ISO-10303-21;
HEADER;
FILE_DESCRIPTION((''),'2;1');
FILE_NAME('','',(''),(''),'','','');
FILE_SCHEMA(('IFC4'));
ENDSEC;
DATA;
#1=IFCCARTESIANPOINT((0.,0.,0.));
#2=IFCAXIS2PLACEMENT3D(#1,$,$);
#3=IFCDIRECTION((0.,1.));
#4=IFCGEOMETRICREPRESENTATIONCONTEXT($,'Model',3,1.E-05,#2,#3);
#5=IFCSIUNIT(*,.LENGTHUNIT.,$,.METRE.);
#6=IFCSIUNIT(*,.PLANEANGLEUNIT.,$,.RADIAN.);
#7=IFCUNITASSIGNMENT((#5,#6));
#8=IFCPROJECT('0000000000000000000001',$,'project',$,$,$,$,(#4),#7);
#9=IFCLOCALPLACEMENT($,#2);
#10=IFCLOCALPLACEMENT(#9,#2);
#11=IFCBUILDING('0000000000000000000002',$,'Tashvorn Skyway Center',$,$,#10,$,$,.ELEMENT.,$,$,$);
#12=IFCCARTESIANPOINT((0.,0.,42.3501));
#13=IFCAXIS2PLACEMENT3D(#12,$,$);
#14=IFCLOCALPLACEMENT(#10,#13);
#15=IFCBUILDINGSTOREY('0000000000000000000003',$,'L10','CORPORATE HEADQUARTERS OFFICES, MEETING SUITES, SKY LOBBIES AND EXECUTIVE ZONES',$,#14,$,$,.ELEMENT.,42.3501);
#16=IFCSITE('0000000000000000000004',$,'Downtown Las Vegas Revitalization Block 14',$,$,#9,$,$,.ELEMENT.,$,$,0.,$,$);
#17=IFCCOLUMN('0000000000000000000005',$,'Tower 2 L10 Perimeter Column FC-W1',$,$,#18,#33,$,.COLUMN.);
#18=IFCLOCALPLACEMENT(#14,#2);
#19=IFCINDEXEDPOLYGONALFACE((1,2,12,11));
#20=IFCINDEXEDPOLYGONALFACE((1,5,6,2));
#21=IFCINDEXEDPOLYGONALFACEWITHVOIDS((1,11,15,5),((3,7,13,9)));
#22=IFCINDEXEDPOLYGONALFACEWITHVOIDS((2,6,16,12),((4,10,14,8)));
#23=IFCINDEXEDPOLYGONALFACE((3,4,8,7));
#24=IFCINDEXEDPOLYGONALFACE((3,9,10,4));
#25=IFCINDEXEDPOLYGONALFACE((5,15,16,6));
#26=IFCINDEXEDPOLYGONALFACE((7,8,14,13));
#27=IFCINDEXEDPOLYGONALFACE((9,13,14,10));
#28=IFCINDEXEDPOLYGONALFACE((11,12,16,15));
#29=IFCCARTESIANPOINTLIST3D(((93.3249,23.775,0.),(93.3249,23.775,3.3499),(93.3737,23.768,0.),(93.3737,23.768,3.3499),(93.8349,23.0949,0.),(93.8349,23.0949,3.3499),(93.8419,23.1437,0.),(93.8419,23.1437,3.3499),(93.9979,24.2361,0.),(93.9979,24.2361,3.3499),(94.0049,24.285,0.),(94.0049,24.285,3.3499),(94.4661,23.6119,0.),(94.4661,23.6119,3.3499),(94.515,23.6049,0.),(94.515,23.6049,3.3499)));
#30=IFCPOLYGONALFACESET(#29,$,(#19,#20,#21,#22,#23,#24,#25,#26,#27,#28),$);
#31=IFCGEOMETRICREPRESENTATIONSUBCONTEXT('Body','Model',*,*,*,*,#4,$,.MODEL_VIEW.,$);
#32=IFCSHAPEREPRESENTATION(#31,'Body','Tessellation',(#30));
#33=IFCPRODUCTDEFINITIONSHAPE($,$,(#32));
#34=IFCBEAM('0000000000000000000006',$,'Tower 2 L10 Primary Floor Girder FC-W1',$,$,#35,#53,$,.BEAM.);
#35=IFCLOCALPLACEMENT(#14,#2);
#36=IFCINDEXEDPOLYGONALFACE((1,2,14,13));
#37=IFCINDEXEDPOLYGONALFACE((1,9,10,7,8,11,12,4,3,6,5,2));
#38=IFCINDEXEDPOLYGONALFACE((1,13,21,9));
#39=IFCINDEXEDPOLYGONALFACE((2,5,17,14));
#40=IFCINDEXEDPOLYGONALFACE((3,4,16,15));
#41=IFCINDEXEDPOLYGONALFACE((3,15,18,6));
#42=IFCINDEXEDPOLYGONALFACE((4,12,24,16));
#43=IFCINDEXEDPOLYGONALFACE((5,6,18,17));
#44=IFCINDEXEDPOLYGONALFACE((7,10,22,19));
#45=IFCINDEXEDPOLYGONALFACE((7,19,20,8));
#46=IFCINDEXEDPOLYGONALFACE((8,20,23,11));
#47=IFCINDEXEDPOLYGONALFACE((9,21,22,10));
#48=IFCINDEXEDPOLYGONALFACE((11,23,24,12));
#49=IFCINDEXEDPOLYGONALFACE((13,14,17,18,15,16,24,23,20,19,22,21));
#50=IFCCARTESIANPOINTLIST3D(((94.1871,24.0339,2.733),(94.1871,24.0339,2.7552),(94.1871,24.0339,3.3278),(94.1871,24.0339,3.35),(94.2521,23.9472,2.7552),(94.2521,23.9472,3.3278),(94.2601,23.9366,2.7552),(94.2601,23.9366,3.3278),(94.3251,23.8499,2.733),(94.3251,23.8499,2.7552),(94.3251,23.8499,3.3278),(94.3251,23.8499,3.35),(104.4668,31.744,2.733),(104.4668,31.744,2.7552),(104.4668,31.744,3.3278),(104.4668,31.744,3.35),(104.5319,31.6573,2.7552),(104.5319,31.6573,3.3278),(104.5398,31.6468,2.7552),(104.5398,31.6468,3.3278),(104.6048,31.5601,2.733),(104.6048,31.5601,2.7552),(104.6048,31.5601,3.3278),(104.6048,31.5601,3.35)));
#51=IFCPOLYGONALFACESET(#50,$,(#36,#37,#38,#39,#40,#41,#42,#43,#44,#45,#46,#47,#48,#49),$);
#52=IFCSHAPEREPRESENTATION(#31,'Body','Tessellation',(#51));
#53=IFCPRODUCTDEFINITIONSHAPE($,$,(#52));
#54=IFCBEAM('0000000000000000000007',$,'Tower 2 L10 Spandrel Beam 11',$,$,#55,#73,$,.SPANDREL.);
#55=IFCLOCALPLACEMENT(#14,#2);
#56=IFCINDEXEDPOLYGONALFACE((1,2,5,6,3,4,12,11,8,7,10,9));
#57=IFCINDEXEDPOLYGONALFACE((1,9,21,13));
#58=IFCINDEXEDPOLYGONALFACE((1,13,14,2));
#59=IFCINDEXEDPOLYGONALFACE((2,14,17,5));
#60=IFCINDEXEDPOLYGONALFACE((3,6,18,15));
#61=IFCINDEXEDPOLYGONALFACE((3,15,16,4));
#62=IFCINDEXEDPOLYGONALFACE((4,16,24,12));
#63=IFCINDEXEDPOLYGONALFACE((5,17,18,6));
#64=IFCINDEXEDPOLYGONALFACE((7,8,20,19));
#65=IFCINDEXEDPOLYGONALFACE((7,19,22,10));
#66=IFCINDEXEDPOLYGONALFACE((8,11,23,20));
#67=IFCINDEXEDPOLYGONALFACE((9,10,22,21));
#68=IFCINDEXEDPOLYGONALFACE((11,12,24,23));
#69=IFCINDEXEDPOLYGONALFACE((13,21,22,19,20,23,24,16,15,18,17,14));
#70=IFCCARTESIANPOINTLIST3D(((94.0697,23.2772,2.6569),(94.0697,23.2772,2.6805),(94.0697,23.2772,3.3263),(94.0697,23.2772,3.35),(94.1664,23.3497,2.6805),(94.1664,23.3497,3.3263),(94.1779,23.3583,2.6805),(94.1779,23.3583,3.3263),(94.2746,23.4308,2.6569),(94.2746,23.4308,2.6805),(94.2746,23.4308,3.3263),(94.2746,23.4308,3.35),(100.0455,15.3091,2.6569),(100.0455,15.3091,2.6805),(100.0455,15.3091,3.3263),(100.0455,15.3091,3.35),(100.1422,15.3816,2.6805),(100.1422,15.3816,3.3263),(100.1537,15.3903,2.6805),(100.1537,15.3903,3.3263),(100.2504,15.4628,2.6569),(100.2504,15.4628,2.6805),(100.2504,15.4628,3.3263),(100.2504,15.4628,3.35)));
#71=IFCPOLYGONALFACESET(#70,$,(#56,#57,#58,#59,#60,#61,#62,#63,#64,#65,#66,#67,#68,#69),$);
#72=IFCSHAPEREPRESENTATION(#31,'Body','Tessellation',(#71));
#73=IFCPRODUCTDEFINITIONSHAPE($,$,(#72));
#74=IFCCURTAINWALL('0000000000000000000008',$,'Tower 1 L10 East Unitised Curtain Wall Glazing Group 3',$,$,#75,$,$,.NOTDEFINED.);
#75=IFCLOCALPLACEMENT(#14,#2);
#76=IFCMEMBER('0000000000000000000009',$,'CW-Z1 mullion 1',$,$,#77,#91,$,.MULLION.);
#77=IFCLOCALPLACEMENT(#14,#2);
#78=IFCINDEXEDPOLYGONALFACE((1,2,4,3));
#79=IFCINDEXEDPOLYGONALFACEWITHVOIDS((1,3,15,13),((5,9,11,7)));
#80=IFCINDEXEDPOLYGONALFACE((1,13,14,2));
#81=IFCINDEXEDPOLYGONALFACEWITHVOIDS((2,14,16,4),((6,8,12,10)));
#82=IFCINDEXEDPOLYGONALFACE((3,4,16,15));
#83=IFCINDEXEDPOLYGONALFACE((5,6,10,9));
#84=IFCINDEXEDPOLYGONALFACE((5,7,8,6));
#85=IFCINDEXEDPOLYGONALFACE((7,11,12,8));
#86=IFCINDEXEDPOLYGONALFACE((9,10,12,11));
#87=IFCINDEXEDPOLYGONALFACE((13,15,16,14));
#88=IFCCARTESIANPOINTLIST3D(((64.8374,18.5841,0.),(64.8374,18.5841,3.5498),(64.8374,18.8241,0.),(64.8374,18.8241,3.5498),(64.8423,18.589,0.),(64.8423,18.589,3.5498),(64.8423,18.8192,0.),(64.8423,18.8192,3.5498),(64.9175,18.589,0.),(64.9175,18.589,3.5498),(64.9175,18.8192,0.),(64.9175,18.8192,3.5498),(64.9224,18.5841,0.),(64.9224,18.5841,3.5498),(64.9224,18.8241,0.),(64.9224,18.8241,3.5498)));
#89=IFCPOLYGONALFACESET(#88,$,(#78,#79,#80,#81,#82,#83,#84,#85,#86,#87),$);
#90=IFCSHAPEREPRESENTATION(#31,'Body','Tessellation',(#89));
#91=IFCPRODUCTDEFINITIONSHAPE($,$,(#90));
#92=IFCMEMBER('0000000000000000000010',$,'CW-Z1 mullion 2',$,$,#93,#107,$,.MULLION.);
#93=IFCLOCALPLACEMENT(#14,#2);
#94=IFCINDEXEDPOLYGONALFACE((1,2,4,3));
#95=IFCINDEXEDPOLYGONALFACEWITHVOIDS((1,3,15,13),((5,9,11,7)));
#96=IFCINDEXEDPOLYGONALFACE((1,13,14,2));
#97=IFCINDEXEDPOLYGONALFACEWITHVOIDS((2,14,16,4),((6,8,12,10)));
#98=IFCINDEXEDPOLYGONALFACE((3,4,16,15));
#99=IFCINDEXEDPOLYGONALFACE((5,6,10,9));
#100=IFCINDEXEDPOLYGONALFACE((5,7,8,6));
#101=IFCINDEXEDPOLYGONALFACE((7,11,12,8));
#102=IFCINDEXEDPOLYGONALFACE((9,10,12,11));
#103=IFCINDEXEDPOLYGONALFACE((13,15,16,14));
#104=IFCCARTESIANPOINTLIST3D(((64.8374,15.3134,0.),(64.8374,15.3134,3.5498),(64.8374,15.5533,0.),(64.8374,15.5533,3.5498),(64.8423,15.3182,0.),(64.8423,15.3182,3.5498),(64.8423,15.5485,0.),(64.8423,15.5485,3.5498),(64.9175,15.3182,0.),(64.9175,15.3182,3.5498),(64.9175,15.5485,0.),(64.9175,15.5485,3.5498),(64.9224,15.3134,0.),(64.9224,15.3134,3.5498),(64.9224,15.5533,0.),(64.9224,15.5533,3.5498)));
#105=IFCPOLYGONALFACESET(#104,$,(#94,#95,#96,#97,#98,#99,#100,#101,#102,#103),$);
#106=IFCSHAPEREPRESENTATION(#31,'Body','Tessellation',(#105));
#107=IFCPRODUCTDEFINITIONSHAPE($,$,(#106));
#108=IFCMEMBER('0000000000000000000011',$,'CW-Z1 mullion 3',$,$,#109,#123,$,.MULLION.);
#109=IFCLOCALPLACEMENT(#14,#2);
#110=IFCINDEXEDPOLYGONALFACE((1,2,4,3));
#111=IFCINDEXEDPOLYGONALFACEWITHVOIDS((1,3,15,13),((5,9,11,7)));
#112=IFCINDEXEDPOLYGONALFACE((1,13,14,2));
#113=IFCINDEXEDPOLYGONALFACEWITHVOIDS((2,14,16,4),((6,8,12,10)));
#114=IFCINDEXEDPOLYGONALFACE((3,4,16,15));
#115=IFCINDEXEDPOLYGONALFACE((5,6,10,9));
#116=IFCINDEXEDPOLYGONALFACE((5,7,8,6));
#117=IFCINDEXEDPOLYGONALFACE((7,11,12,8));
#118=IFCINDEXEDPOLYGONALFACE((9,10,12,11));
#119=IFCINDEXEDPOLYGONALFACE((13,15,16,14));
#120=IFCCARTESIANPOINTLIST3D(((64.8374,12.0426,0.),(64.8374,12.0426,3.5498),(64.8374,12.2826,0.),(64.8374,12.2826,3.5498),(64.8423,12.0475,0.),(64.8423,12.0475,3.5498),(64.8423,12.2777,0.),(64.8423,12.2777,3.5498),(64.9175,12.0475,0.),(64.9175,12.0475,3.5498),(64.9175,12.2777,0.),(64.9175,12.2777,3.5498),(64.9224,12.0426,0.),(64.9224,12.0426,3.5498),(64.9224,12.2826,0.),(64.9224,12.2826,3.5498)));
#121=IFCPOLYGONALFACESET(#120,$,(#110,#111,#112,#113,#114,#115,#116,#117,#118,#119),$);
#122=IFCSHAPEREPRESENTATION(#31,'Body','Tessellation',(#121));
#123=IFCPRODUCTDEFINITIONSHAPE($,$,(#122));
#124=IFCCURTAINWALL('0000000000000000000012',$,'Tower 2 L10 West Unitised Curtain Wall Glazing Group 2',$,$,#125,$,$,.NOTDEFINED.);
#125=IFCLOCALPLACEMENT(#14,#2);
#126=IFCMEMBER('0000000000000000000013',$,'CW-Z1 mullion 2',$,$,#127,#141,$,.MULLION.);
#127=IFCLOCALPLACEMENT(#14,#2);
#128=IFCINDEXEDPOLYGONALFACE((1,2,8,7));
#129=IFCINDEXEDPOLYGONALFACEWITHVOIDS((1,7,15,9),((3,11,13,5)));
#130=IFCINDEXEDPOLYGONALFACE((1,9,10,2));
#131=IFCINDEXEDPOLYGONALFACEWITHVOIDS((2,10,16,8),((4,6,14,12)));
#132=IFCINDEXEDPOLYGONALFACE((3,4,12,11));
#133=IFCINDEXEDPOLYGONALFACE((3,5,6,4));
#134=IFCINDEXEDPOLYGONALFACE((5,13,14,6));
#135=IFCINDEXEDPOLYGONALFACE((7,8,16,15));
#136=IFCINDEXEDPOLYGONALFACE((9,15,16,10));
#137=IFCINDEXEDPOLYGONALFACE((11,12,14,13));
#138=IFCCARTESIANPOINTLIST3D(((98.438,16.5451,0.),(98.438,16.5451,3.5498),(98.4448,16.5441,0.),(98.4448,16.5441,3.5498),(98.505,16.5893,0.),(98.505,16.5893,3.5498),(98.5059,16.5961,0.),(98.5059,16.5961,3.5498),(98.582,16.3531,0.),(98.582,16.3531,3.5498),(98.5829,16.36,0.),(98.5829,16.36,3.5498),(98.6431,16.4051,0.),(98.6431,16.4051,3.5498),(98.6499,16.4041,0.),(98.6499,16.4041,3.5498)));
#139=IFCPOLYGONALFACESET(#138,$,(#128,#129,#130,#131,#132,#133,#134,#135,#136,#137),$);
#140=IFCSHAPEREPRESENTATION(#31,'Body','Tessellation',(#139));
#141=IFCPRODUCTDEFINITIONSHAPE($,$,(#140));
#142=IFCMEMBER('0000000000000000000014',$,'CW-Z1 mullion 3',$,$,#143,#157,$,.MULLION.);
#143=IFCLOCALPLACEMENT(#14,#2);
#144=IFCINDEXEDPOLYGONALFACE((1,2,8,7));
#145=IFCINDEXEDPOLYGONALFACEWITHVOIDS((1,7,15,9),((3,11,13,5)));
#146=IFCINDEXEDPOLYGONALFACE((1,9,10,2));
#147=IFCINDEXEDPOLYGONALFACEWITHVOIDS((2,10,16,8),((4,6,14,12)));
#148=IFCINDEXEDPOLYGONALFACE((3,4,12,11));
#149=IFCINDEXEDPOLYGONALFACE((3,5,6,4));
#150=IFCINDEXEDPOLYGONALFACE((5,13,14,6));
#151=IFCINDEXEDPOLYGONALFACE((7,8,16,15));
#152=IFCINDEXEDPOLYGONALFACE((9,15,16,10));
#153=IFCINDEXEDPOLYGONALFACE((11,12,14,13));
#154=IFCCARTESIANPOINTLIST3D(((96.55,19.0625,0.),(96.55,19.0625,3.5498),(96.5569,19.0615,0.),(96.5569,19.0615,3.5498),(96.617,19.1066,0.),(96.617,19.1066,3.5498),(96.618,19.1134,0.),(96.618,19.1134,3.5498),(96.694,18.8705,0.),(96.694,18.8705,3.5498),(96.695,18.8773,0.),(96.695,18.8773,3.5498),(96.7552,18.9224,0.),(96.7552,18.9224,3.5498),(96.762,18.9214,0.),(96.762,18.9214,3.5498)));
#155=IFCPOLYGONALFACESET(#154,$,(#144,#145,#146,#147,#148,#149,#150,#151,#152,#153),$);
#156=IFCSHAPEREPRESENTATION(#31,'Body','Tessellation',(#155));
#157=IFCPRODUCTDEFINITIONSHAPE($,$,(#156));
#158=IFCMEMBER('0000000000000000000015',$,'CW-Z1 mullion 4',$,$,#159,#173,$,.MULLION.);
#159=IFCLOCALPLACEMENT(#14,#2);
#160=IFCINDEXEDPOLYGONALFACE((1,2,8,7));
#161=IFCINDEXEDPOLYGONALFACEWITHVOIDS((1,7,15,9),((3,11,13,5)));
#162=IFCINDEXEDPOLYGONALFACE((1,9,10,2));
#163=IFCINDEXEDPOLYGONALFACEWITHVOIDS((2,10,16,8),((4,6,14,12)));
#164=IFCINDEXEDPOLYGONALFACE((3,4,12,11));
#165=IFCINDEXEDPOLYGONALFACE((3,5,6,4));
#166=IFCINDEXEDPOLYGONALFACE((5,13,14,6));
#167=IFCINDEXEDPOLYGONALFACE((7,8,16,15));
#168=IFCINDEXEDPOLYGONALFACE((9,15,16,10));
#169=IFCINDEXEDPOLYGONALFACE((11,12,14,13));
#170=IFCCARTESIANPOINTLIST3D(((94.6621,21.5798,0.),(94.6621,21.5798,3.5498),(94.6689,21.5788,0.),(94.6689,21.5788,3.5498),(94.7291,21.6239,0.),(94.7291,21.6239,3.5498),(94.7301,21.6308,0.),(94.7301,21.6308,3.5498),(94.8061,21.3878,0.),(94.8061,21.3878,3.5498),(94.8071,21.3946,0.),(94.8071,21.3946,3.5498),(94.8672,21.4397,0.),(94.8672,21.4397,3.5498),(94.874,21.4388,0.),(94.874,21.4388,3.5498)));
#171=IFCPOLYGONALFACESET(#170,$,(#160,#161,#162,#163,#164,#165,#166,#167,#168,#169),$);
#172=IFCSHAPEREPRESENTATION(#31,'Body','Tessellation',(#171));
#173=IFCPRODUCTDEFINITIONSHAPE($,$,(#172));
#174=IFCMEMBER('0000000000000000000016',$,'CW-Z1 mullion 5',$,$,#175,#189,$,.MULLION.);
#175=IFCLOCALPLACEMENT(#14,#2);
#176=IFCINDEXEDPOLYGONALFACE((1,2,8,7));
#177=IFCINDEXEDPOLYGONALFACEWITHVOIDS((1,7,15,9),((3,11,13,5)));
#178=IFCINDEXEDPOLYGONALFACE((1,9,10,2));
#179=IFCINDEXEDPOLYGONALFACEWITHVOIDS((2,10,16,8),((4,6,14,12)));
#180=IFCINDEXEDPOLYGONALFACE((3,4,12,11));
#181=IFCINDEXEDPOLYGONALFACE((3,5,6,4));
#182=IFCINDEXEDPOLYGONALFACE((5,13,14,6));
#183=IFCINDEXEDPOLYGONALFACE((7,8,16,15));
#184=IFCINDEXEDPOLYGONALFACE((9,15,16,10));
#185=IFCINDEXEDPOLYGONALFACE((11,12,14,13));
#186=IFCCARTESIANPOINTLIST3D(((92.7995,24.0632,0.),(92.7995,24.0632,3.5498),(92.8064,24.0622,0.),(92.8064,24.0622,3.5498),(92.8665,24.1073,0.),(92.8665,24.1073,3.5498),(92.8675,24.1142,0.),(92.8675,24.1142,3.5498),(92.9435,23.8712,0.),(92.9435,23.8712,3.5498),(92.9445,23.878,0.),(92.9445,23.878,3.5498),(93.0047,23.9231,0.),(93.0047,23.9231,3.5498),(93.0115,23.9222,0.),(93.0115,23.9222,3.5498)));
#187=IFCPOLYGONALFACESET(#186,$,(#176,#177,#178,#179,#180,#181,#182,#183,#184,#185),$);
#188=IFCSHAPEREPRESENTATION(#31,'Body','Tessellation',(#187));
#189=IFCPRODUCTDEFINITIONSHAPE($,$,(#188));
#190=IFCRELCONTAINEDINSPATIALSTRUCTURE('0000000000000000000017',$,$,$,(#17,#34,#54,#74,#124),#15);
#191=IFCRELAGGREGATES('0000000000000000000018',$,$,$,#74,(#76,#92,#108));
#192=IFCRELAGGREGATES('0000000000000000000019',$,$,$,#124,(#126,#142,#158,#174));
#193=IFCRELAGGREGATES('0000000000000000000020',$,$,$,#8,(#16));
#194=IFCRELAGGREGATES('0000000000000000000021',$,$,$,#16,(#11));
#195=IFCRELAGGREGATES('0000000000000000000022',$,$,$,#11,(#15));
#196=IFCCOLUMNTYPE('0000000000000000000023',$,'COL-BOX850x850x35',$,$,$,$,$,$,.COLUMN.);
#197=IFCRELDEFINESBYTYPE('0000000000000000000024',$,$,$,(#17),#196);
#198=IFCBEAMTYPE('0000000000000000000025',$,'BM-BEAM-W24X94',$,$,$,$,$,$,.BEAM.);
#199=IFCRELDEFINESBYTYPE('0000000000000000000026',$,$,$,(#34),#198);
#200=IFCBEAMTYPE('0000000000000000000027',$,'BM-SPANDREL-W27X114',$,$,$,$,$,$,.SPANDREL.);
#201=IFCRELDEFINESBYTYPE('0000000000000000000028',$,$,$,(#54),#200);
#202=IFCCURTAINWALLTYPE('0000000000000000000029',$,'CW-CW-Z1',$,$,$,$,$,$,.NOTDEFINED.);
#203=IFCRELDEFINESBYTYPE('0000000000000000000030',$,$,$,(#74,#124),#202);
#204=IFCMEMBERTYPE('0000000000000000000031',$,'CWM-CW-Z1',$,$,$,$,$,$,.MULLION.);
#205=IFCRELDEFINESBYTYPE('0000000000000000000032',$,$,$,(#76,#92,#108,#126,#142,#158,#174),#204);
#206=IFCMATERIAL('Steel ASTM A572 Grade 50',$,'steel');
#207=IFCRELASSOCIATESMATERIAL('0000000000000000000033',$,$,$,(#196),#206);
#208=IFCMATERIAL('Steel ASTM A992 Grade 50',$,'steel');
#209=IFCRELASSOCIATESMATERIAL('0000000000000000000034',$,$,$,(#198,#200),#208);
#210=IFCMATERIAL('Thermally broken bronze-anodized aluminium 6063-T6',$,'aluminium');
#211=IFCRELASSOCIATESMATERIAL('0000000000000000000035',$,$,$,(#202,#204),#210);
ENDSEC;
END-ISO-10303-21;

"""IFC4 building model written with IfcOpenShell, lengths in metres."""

from ifc_helpers import new_model, si_unit, direction, frame, origin, origin_2d, place, context, subcontext, project, spatial, hollow_rectangle, i_section, extrude, material, material_profile, profile_set, type_object, element, aggregate, save


model = new_model("IFC4")

# Units and contexts
model_context = context("Model", 3, precision=1e-05, world=origin(), true_north=direction((0.0, 1.0)))
body_context = subcontext(model_context, "Body", "Model", "MODEL_VIEW")
ifc_project = project(units=[si_unit("LENGTHUNIT", "METRE"), si_unit("PLANEANGLEUNIT", "RADIAN")], contexts=[model_context])

# Site, building, storey
site_placement = place(None, origin())
site = spatial("IfcSite", under=ifc_project, at=site_placement, Name="Downtown Las Vegas Revitalization Block 14", CompositionType="ELEMENT", RefElevation=0.0)
building_placement = place(site_placement, origin())
building = spatial("IfcBuilding", under=site, at=building_placement, Name="Tashvorn Skyway Center", CompositionType="ELEMENT")
storey_placement = place(building_placement, frame((0.0, 0.0, 42.3501)))
storey = spatial("IfcBuildingStorey", under=building, at=storey_placement, Name="L10", Description="CORPORATE HEADQUARTERS OFFICES, MEETING SUITES, SKY LOBBIES AND EXECUTIVE ZONES", CompositionType="ELEMENT", Elevation=42.3501)

# Column
ifc_material_1 = material(Name="Steel ASTM A572 Grade 50", Category="steel")
ifc_material_profile_1 = material_profile(ifc_material_1, hollow_rectangle(XDim=0.8501, YDim=0.8501, WallThickness=0.0349, at=origin_2d()), Name="BOX850x850x35")
ifc_profile_set_1 = profile_set([ifc_material_profile_1], Name="Steel ASTM A572 Grade 50")
column_type = type_object("IfcColumnType", Name="COL-BOX850x850x35", PredefinedType="COLUMN", material=ifc_profile_set_1)
column_placement = place(storey_placement, frame((93.9199, 23.6899, 0.0), z_axis=(0.0, 0.0, 1.0), x_axis=(0.8, 0.6, 0.0)))
element("IfcColumn", 1, at=column_placement, inside=storey, type_object=column_type, Name="Tower 2 L10 Perimeter Column FC-W1", PredefinedType="COLUMN", context=body_context, shape_type="SweptSolid", body=[
    extrude(hollow_rectangle(XDim=0.8501, YDim=0.8501, WallThickness=0.0349, at=origin_2d()), origin(), (0.0, 0.0, 1.0), 3.3499),
])

# Beams
ifc_material_2 = material(Name="Steel ASTM A992 Grade 50", Category="steel")
ifc_material_profile_2 = material_profile(ifc_material_2, i_section(OverallWidth=0.23, OverallDepth=0.6169, WebThickness=0.0132, FlangeThickness=0.0222, at=origin_2d()), Name="W24X94")
ifc_profile_set_2 = profile_set([ifc_material_profile_2], Name="Steel ASTM A992 Grade 50")
beam_type_1 = type_object("IfcBeamType", Name="BM-BEAM-W24X94", PredefinedType="BEAM", material=ifc_profile_set_2)
beam_1_placement = place(storey_placement, frame((94.2561, 23.9419, 3.0415), z_axis=(0.799986, 0.600018, 0.0), x_axis=(-0.600018, 0.799986, 0.0)))
element("IfcBeam", 2, at=beam_1_placement, inside=storey, type_object=beam_type_1, Name="Tower 2 L10 Primary Floor Girder FC-W1", PredefinedType="BEAM", context=body_context, shape_type="SweptSolid", body=[
    extrude(i_section(OverallWidth=0.23, OverallDepth=0.6169, WebThickness=0.0132, FlangeThickness=0.0222, at=origin_2d()), origin(), (0.0, 0.0, 1.0), 12.8499),
])
ifc_material_profile_3 = material_profile(ifc_material_2, i_section(OverallWidth=0.2561, OverallDepth=0.6931, WebThickness=0.0144, FlangeThickness=0.0237, at=origin_2d()), Name="W27X114")
ifc_profile_set_3 = profile_set([ifc_material_profile_3], Name="Steel ASTM A992 Grade 50")
beam_type_2 = type_object("IfcBeamType", Name="BM-SPANDREL-W27X114", PredefinedType="SPANDREL", material=ifc_profile_set_3)
beam_2_placement = place(storey_placement, frame((94.1721, 23.354, 3.0034), z_axis=(0.599988, -0.800009, 0.0), x_axis=(0.800009, 0.599988, 0.0)))
element("IfcBeam", 3, at=beam_2_placement, inside=storey, type_object=beam_type_2, Name="Tower 2 L10 Spandrel Beam 11", PredefinedType="SPANDREL", context=body_context, shape_type="SweptSolid", body=[
    extrude(i_section(OverallWidth=0.2561, OverallDepth=0.6931, WebThickness=0.0144, FlangeThickness=0.0237, at=origin_2d()), origin(), (0.0, 0.0, 1.0), 9.96),
])

# Curtain walls, members
ifc_material_3 = material(Name="Thermally broken bronze-anodized aluminium 6063-T6", Category="aluminium")
curtain_wall_type = type_object("IfcCurtainWallType", Name="CW-CW-Z1", PredefinedType="NOTDEFINED", material=ifc_material_3)
curtain_wall_1_placement = place(storey_placement, origin())
curtain_wall_1 = element("IfcCurtainWall", 4, at=curtain_wall_1_placement, inside=storey, type_object=curtain_wall_type, Name="Tower 1 L10 East Unitised Curtain Wall Glazing Group 3", PredefinedType="NOTDEFINED")
ifc_material_profile_4 = material_profile(ifc_material_3, hollow_rectangle(XDim=0.085, YDim=0.24, WallThickness=0.0049, at=origin_2d()), Name="ALU-MULL-85x240")
ifc_profile_set_4 = profile_set([ifc_material_profile_4], Name="Thermally broken bronze-anodized aluminium 6063-T6")
member_type_1 = type_object("IfcMemberType", Name="CWM-CW-Z1", PredefinedType="MULLION", material=ifc_profile_set_4)
member_1_placement = place(storey_placement, frame((64.8799, 18.7041, 0.0), z_axis=(0.0, 0.0, 1.0), x_axis=(1.0, 0.0, 0.0)))
member_1 = element("IfcMember", 5, at=member_1_placement, type_object=member_type_1, Name="CW-Z1 mullion 1", PredefinedType="MULLION", context=body_context, shape_type="SweptSolid", body=[
    extrude(hollow_rectangle(XDim=0.085, YDim=0.24, WallThickness=0.0049, at=origin_2d()), origin(), (0.0, 0.0, 1.0), 3.5498),
])
member_2_placement = place(storey_placement, frame((64.8799, 15.4333, 0.0), z_axis=(0.0, 0.0, 1.0), x_axis=(1.0, 0.0, 0.0)))
member_2 = element("IfcMember", 6, at=member_2_placement, type_object=member_type_1, Name="CW-Z1 mullion 2", PredefinedType="MULLION", context=body_context, shape_type="SweptSolid", body=[
    extrude(hollow_rectangle(XDim=0.085, YDim=0.24, WallThickness=0.0049, at=origin_2d()), origin(), (0.0, 0.0, 1.0), 3.5498),
])
member_3_placement = place(storey_placement, frame((64.8799, 12.1626, 0.0), z_axis=(0.0, 0.0, 1.0), x_axis=(1.0, 0.0, 0.0)))
member_3 = element("IfcMember", 7, at=member_3_placement, type_object=member_type_1, Name="CW-Z1 mullion 3", PredefinedType="MULLION", context=body_context, shape_type="SweptSolid", body=[
    extrude(hollow_rectangle(XDim=0.085, YDim=0.24, WallThickness=0.0049, at=origin_2d()), origin(), (0.0, 0.0, 1.0), 3.5498),
])
curtain_wall_2_placement = place(storey_placement, origin())
curtain_wall_2 = element("IfcCurtainWall", 8, at=curtain_wall_2_placement, inside=storey, type_object=curtain_wall_type, Name="Tower 2 L10 West Unitised Curtain Wall Glazing Group 2", PredefinedType="NOTDEFINED")
member_4_placement = place(storey_placement, frame((98.5439, 16.4746, 0.0), z_axis=(0.0, 0.0, 1.0), x_axis=(-0.800002, -0.599997, 0.0)))
member_4 = element("IfcMember", 9, at=member_4_placement, type_object=member_type_1, Name="CW-Z1 mullion 2", PredefinedType="MULLION", context=body_context, shape_type="SweptSolid", body=[
    extrude(hollow_rectangle(XDim=0.085, YDim=0.24, WallThickness=0.0049, at=origin_2d()), origin(), (0.0, 0.0, 1.0), 3.5498),
])
member_5_placement = place(storey_placement, frame((96.656, 18.9919, 0.0), z_axis=(0.0, 0.0, 1.0), x_axis=(-0.800002, -0.599997, 0.0)))
member_5 = element("IfcMember", 10, at=member_5_placement, type_object=member_type_1, Name="CW-Z1 mullion 3", PredefinedType="MULLION", context=body_context, shape_type="SweptSolid", body=[
    extrude(hollow_rectangle(XDim=0.085, YDim=0.24, WallThickness=0.0049, at=origin_2d()), origin(), (0.0, 0.0, 1.0), 3.5498),
])
member_6_placement = place(storey_placement, frame((94.7681, 21.5093, 0.0), z_axis=(0.0, 0.0, 1.0), x_axis=(-0.800002, -0.599997, 0.0)))
member_6 = element("IfcMember", 11, at=member_6_placement, type_object=member_type_1, Name="CW-Z1 mullion 4", PredefinedType="MULLION", context=body_context, shape_type="SweptSolid", body=[
    extrude(hollow_rectangle(XDim=0.085, YDim=0.24, WallThickness=0.0049, at=origin_2d()), origin(), (0.0, 0.0, 1.0), 3.5498),
])
member_7_placement = place(storey_placement, frame((92.9055, 23.9927, 0.0), z_axis=(0.0, 0.0, 1.0), x_axis=(-0.800002, -0.599997, 0.0)))
member_7 = element("IfcMember", 12, at=member_7_placement, type_object=member_type_1, Name="CW-Z1 mullion 5", PredefinedType="MULLION", context=body_context, shape_type="SweptSolid", body=[
    extrude(hollow_rectangle(XDim=0.085, YDim=0.24, WallThickness=0.0049, at=origin_2d()), origin(), (0.0, 0.0, 1.0), 3.5498),
])

aggregate(curtain_wall_1, [member_1, member_2, member_3])
aggregate(curtain_wall_2, [member_4, member_5, member_6, member_7])

save(model, "model.ifc")
